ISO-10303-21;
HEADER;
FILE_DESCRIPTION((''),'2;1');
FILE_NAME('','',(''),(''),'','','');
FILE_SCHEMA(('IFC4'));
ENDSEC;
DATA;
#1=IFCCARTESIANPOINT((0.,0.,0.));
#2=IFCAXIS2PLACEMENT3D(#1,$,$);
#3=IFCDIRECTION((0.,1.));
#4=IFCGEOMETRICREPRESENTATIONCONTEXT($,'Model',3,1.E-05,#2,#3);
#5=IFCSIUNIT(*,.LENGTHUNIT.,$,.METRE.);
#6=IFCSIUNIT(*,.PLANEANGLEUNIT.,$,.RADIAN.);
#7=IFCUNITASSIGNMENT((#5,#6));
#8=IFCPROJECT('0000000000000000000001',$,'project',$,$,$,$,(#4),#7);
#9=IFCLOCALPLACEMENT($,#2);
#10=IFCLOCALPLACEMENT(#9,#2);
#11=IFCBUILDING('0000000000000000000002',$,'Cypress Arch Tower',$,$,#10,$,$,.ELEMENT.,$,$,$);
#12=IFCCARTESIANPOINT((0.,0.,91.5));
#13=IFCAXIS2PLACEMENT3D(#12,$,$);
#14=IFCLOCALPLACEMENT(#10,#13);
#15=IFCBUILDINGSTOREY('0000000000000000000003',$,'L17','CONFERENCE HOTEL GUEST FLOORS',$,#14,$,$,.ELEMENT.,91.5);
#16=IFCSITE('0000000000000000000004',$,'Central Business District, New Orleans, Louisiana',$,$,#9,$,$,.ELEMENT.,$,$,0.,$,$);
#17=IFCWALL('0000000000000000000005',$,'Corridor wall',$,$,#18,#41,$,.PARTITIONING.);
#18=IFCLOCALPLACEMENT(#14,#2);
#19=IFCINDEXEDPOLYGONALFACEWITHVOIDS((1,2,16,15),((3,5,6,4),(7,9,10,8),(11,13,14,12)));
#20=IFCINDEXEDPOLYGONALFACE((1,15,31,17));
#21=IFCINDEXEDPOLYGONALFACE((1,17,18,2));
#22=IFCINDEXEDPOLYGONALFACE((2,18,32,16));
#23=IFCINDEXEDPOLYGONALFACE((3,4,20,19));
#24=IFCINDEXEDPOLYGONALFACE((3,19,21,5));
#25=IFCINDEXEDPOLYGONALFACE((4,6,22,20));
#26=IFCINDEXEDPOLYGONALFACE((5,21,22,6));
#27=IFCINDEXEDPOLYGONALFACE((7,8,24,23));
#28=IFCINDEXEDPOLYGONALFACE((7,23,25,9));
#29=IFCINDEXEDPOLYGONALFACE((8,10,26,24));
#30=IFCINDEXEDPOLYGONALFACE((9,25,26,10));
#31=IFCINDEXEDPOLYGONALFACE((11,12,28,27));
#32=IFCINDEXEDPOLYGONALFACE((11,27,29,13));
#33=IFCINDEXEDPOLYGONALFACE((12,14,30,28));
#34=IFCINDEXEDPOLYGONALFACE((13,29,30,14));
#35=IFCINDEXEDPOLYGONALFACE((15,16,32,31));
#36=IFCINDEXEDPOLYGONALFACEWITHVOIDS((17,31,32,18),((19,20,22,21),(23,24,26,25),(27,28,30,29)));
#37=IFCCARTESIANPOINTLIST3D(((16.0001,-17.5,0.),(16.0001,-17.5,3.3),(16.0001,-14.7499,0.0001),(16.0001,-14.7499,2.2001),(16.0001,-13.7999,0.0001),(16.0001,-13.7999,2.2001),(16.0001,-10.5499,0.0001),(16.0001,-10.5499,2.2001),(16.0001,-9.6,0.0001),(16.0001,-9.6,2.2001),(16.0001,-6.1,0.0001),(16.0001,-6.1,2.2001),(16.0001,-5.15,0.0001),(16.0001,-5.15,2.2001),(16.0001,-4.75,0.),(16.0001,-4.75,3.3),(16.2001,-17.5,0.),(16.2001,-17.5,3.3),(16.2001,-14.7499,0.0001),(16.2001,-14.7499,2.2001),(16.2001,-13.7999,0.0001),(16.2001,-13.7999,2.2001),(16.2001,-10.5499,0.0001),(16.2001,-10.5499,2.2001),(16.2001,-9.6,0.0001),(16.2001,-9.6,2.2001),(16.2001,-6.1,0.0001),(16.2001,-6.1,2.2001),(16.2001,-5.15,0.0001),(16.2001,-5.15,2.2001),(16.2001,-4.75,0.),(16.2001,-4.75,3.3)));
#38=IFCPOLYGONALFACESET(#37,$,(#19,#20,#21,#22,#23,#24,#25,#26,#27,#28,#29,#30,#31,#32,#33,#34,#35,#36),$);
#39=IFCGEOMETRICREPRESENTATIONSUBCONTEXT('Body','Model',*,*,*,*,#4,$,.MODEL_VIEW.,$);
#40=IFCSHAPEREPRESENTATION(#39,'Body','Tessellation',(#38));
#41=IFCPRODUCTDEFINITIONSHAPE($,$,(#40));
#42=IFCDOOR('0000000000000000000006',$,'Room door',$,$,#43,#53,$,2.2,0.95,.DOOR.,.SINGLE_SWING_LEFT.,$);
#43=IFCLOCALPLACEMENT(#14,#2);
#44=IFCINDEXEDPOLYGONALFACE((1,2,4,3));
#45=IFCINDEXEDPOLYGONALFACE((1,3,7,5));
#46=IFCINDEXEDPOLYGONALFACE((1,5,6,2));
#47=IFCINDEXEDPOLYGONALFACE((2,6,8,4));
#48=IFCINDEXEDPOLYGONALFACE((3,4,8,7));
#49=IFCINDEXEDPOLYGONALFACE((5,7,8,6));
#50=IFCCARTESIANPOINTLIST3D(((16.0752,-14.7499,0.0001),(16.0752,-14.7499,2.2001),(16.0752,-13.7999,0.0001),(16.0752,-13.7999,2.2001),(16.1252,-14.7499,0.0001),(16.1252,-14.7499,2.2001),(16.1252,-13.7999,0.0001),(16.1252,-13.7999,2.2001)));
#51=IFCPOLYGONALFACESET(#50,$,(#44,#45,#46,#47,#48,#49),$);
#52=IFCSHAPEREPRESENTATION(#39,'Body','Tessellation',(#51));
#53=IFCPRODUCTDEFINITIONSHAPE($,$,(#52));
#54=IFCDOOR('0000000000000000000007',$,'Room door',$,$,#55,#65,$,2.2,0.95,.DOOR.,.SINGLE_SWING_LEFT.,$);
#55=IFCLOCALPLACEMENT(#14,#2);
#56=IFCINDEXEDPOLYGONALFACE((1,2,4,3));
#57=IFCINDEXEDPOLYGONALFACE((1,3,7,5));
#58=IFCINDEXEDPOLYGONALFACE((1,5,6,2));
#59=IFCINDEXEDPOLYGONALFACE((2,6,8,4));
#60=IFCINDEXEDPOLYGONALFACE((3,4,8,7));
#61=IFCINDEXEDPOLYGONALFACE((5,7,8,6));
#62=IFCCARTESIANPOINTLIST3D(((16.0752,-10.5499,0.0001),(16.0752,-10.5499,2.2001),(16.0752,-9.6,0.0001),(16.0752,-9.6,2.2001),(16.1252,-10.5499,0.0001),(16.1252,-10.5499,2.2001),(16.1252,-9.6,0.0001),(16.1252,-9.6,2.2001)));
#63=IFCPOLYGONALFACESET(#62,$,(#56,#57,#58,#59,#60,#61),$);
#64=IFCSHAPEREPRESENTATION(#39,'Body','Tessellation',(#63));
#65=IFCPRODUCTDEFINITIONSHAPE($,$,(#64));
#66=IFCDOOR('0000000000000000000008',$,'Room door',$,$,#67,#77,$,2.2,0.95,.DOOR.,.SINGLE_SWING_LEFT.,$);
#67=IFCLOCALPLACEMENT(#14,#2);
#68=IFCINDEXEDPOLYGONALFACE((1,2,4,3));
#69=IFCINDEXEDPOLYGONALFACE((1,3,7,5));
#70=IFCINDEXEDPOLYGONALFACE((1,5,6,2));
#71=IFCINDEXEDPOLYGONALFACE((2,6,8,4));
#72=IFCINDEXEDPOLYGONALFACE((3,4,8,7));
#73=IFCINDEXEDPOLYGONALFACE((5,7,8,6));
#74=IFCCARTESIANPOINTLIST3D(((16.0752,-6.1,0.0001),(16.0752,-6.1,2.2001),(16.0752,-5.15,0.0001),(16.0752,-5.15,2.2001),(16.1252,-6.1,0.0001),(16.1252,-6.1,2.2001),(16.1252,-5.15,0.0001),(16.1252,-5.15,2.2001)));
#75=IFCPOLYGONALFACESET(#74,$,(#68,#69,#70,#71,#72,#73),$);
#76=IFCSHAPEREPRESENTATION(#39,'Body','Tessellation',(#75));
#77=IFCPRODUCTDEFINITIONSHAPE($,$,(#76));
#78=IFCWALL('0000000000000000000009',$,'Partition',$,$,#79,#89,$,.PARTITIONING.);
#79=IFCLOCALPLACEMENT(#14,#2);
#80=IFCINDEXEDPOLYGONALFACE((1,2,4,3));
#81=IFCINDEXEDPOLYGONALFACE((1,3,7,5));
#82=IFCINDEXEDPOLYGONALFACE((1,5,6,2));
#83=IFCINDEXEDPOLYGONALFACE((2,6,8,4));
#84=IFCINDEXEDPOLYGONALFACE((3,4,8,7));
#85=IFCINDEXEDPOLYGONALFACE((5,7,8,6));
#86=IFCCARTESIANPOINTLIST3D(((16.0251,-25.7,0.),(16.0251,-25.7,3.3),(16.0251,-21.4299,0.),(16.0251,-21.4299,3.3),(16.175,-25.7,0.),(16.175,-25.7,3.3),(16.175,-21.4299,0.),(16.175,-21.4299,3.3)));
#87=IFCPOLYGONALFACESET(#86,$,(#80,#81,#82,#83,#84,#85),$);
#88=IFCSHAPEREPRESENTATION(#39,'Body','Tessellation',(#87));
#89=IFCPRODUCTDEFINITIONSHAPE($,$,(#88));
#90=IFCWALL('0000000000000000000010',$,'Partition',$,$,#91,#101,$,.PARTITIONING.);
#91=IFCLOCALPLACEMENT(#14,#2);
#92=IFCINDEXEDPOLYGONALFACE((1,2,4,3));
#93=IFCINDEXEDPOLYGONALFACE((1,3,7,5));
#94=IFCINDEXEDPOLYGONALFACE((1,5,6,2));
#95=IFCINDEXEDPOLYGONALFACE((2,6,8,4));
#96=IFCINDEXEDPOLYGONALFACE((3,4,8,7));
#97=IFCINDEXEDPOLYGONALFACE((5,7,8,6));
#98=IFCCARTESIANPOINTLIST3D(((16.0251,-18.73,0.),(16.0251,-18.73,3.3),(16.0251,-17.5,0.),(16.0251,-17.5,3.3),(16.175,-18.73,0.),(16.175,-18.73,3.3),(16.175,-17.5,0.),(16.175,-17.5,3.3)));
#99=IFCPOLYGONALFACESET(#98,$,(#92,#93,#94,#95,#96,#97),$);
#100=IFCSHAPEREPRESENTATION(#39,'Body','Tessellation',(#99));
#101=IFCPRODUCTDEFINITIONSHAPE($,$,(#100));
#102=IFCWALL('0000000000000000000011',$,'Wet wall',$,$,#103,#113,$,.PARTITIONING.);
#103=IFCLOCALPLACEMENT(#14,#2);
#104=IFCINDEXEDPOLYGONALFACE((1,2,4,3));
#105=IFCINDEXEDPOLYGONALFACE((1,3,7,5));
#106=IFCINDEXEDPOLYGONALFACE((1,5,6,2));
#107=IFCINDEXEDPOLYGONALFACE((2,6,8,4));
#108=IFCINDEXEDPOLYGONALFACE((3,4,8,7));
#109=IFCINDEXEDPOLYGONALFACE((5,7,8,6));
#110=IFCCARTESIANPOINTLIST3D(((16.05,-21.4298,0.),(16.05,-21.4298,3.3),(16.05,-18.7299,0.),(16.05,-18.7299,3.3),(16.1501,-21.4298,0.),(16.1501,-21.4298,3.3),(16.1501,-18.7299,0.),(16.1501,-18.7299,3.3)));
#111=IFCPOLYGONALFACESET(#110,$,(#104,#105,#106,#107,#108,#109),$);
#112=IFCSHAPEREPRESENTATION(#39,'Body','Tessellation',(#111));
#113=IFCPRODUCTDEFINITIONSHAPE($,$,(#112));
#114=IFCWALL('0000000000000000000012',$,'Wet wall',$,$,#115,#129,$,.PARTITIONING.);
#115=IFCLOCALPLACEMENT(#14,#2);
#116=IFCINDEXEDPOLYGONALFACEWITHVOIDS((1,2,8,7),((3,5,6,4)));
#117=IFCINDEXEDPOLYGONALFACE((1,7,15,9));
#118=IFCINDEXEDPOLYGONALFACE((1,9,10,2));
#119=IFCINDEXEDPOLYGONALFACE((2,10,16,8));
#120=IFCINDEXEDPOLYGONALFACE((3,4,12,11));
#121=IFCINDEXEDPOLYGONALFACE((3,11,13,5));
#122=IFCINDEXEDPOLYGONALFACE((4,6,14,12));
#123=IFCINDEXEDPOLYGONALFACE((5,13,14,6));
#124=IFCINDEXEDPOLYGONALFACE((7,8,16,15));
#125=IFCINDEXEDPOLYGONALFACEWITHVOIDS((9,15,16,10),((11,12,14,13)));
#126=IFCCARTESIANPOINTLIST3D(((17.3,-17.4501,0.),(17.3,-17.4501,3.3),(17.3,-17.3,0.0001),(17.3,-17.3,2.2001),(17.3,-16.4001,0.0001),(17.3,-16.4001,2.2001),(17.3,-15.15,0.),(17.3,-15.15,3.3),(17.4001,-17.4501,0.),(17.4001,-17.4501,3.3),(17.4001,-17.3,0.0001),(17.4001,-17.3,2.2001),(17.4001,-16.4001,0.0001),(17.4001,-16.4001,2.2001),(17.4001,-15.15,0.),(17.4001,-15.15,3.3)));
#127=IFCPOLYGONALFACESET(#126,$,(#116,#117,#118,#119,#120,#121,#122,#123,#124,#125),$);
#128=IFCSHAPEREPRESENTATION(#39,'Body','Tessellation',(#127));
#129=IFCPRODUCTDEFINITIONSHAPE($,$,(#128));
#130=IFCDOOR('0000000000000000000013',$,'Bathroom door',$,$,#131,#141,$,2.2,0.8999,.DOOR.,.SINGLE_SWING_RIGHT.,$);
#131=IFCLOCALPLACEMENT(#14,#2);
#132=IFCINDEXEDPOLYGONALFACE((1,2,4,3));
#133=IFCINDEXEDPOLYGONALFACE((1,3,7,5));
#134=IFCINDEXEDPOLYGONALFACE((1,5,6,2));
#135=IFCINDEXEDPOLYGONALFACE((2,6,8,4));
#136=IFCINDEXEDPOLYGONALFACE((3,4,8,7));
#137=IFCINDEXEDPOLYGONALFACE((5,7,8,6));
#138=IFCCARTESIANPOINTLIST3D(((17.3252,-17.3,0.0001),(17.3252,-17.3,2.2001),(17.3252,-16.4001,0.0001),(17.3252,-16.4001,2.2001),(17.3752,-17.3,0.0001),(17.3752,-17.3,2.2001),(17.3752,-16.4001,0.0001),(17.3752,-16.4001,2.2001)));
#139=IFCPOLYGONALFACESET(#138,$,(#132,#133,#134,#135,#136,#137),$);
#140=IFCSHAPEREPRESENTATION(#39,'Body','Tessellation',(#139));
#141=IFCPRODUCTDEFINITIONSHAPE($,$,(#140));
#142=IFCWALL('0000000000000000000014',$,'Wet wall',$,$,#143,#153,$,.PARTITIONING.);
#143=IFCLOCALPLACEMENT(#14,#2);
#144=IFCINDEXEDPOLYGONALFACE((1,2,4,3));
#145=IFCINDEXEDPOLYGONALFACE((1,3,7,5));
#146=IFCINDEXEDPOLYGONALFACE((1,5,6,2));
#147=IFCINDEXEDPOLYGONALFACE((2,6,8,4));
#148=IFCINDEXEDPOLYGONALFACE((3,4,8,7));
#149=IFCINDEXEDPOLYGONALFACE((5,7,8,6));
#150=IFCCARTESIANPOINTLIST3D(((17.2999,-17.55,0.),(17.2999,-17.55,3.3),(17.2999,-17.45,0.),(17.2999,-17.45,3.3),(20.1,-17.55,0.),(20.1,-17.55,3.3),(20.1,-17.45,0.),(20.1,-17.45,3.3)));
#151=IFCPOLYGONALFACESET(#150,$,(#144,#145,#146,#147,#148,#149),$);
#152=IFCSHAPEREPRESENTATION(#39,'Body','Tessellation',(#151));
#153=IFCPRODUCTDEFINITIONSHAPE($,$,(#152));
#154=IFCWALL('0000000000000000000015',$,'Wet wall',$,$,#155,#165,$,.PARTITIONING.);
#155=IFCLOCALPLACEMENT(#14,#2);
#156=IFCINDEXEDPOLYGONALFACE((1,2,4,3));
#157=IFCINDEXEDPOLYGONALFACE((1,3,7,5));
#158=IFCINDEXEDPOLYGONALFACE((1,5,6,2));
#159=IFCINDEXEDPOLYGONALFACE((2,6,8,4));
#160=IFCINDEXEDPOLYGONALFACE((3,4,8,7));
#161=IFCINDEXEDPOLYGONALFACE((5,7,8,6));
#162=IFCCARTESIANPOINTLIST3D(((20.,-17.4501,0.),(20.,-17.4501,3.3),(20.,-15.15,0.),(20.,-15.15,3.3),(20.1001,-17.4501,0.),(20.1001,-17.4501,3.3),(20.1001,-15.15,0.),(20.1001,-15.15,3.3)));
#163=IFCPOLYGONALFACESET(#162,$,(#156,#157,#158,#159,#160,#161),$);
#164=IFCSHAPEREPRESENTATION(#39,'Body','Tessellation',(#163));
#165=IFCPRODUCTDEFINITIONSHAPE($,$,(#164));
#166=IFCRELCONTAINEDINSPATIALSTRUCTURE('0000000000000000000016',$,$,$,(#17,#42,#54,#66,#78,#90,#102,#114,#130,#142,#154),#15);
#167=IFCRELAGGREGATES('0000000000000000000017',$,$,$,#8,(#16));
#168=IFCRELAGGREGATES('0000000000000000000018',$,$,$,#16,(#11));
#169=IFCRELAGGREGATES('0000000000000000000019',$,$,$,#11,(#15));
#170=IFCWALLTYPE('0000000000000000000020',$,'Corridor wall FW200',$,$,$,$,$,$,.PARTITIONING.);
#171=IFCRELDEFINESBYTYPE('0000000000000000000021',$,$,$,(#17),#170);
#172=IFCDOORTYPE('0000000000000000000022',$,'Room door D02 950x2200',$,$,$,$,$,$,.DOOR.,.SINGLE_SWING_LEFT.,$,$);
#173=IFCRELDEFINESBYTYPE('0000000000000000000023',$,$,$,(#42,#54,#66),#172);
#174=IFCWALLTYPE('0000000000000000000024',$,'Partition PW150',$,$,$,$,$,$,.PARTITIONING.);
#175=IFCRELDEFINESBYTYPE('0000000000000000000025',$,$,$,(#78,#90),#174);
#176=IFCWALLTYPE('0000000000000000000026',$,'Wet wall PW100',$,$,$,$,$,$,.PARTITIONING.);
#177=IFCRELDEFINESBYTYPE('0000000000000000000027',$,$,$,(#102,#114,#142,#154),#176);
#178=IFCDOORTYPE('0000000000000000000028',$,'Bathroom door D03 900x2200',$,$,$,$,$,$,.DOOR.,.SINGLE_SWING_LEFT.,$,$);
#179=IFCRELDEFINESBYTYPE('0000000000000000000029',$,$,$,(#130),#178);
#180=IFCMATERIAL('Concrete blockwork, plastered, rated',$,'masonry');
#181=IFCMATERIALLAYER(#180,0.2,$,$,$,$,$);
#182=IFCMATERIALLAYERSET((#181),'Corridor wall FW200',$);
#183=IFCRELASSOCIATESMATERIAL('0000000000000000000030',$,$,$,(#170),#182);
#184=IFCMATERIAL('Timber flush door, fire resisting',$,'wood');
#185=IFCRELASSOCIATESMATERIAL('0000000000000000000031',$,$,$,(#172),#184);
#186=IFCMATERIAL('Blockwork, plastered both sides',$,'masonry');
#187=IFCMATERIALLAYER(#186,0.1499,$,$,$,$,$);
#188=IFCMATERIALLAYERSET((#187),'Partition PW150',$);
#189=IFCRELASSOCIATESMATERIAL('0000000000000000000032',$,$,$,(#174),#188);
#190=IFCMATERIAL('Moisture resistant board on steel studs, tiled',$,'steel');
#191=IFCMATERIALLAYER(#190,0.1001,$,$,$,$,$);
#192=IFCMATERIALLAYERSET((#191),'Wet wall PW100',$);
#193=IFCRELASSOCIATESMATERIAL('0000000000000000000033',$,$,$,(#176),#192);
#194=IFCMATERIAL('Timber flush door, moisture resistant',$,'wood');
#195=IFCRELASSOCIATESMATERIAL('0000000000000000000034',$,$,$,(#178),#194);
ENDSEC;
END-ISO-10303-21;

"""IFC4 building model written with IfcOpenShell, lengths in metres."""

from ifc_helpers import new_model, si_unit, direction, frame, frame_2d, origin, place, context, subcontext, project, spatial, rectangle, extrude, material, layer, layer_set, type_object, element, fill, save


model = new_model("IFC4")

# Units and contexts
model_context = context("Model", 3, precision=1e-05, world=origin(), true_north=direction((0.0, 1.0)))
body_context = subcontext(model_context, "Body", "Model", "MODEL_VIEW")
ifc_project = project(units=[si_unit("LENGTHUNIT", "METRE"), si_unit("PLANEANGLEUNIT", "RADIAN")], contexts=[model_context])

# Site, building, storey
site_placement = place(None, origin())
site = spatial("IfcSite", under=ifc_project, at=site_placement, Name="Central Business District, New Orleans, Louisiana", CompositionType="ELEMENT", RefElevation=0.0)
building_placement = place(site_placement, origin())
building = spatial("IfcBuilding", under=site, at=building_placement, Name="Cypress Arch Tower", CompositionType="ELEMENT")
storey_placement = place(building_placement, frame((0.0, 0.0, 91.5)))
storey = spatial("IfcBuildingStorey", under=building, at=storey_placement, Name="L17", Description="CONFERENCE HOTEL GUEST FLOORS", CompositionType="ELEMENT", Elevation=91.5)

# Wall, openings, doors
ifc_material_1 = material(Name="Concrete blockwork, plastered, rated", Category="masonry")
ifc_layer_1 = layer(ifc_material_1, 0.2)
ifc_layer_set_1 = layer_set([ifc_layer_1], Name="Corridor wall FW200")
wall_type_1 = type_object("IfcWallType", Name="Corridor wall FW200", PredefinedType="PARTITIONING", material=ifc_layer_set_1)
wall_1_placement = place(storey_placement, frame((16.1001, -17.5, 0.0), z_axis=(0.0, 0.0, 1.0), x_axis=(0.0, 1.0, 0.0)))
wall_1 = element("IfcWall", 1, at=wall_1_placement, inside=storey, type_object=wall_type_1, Name="Corridor wall", PredefinedType="PARTITIONING", context=body_context, shape_type="SweptSolid", body=[
    extrude(rectangle(XDim=12.75, YDim=0.2, at=frame_2d((6.375, 0.0))), origin(), (0.0, 0.0, 1.0), 3.3),
])
opening_1_placement = place(wall_1_placement, frame((2.75, 0.0, 0.0)))
opening_1 = element("IfcOpeningElement", 2, at=opening_1_placement, cuts=wall_1, PredefinedType="OPENING", context=body_context, shape_type="SweptSolid", body=[
    extrude(rectangle(XDim=0.95, YDim=2.2, at=frame_2d((0.4751, 1.1001))), frame((0.0, 0.1099, 0.0), z_axis=(0.0, -1.0, 0.0), x_axis=(1.0, 0.0, 0.0)), (0.0, 0.0, 1.0), 0.22),
])
opening_2_placement = place(wall_1_placement, frame((6.95, 0.0, 0.0)))
opening_2 = element("IfcOpeningElement", 3, at=opening_2_placement, cuts=wall_1, PredefinedType="OPENING", context=body_context, shape_type="SweptSolid", body=[
    extrude(rectangle(XDim=0.95, YDim=2.2, at=frame_2d((0.4751, 1.1001))), frame((0.0, 0.1099, 0.0), z_axis=(0.0, -1.0, 0.0), x_axis=(1.0, 0.0, 0.0)), (0.0, 0.0, 1.0), 0.22),
])
opening_3_placement = place(wall_1_placement, frame((11.3999, 0.0, 0.0)))
opening_3 = element("IfcOpeningElement", 4, at=opening_3_placement, cuts=wall_1, PredefinedType="OPENING", context=body_context, shape_type="SweptSolid", body=[
    extrude(rectangle(XDim=0.95, YDim=2.2, at=frame_2d((0.4751, 1.1001))), frame((0.0, 0.1099, 0.0), z_axis=(0.0, -1.0, 0.0), x_axis=(1.0, 0.0, 0.0)), (0.0, 0.0, 1.0), 0.22),
])
ifc_material_2 = material(Name="Timber flush door, fire resisting", Category="wood")
door_type_1 = type_object("IfcDoorType", Name="Room door D02 950x2200", OperationType="SINGLE_SWING_LEFT", PredefinedType="DOOR", material=ifc_material_2)
door_1_placement = place(opening_1_placement, origin())
door_1 = element("IfcDoor", 5, at=door_1_placement, inside=storey, type_object=door_type_1, Name="Room door", OperationType="SINGLE_SWING_LEFT", OverallHeight=2.2, OverallWidth=0.95, PredefinedType="DOOR", context=body_context, shape_type="SweptSolid", body=[
    extrude(rectangle(XDim=0.95, YDim=2.2, at=frame_2d((0.4751, 1.1001))), frame((0.0, 0.0249, 0.0), z_axis=(0.0, -1.0, 0.0), x_axis=(1.0, 0.0, 0.0)), (0.0, 0.0, 1.0), 0.05),
])
fill(opening_1, door_1)
door_2_placement = place(opening_2_placement, origin())
door_2 = element("IfcDoor", 6, at=door_2_placement, inside=storey, type_object=door_type_1, Name="Room door", OperationType="SINGLE_SWING_LEFT", OverallHeight=2.2, OverallWidth=0.95, PredefinedType="DOOR", context=body_context, shape_type="SweptSolid", body=[
    extrude(rectangle(XDim=0.95, YDim=2.2, at=frame_2d((0.4751, 1.1001))), frame((0.0, 0.0249, 0.0), z_axis=(0.0, -1.0, 0.0), x_axis=(1.0, 0.0, 0.0)), (0.0, 0.0, 1.0), 0.05),
])
fill(opening_2, door_2)
door_3_placement = place(opening_3_placement, origin())
door_3 = element("IfcDoor", 7, at=door_3_placement, inside=storey, type_object=door_type_1, Name="Room door", OperationType="SINGLE_SWING_LEFT", OverallHeight=2.2, OverallWidth=0.95, PredefinedType="DOOR", context=body_context, shape_type="SweptSolid", body=[
    extrude(rectangle(XDim=0.95, YDim=2.2, at=frame_2d((0.4751, 1.1001))), frame((0.0, 0.0249, 0.0), z_axis=(0.0, -1.0, 0.0), x_axis=(1.0, 0.0, 0.0)), (0.0, 0.0, 1.0), 0.05),
])
fill(opening_3, door_3)

# Walls
ifc_material_3 = material(Name="Blockwork, plastered both sides", Category="masonry")
ifc_layer_2 = layer(ifc_material_3, 0.1499)
ifc_layer_set_2 = layer_set([ifc_layer_2], Name="Partition PW150")
wall_type_2 = type_object("IfcWallType", Name="Partition PW150", PredefinedType="PARTITIONING", material=ifc_layer_set_2)
wall_2_placement = place(storey_placement, frame((16.1001, -25.7, 0.0), z_axis=(0.0, 0.0, 1.0), x_axis=(0.0, 1.0, 0.0)))
element("IfcWall", 8, at=wall_2_placement, inside=storey, type_object=wall_type_2, Name="Partition", PredefinedType="PARTITIONING", context=body_context, shape_type="SweptSolid", body=[
    extrude(rectangle(XDim=4.27, YDim=0.1499, at=frame_2d((2.135, 0.0))), origin(), (0.0, 0.0, 1.0), 3.3),
])
wall_3_placement = place(storey_placement, frame((16.1001, -18.73, 0.0), z_axis=(0.0, 0.0, 1.0), x_axis=(0.0, 1.0, 0.0)))
element("IfcWall", 9, at=wall_3_placement, inside=storey, type_object=wall_type_2, Name="Partition", PredefinedType="PARTITIONING", context=body_context, shape_type="SweptSolid", body=[
    extrude(rectangle(XDim=1.23, YDim=0.1499, at=frame_2d((0.615, 0.0))), origin(), (0.0, 0.0, 1.0), 3.3),
])
ifc_material_4 = material(Name="Moisture resistant board on steel studs, tiled", Category="steel")
ifc_layer_3 = layer(ifc_material_4, 0.1001)
ifc_layer_set_3 = layer_set([ifc_layer_3], Name="Wet wall PW100")
wall_type_3 = type_object("IfcWallType", Name="Wet wall PW100", PredefinedType="PARTITIONING", material=ifc_layer_set_3)
wall_4_placement = place(storey_placement, frame((16.1001, -21.4299, 0.0), z_axis=(0.0, 0.0, 1.0), x_axis=(0.0, 1.0, 0.0)))
element("IfcWall", 10, at=wall_4_placement, inside=storey, type_object=wall_type_3, Name="Wet wall", PredefinedType="PARTITIONING", context=body_context, shape_type="SweptSolid", body=[
    extrude(rectangle(XDim=2.7, YDim=0.1001, at=frame_2d((1.3501, 0.0))), origin(), (0.0, 0.0, 1.0), 3.3),
])

# Wall, opening, door
wall_5_placement = place(storey_placement, frame((17.3501, -17.45, 0.0), z_axis=(0.0, 0.0, 1.0), x_axis=(0.0, 1.0, 0.0)))
wall_5 = element("IfcWall", 11, at=wall_5_placement, inside=storey, type_object=wall_type_3, Name="Wet wall", PredefinedType="PARTITIONING", context=body_context, shape_type="SweptSolid", body=[
    extrude(rectangle(XDim=2.3, YDim=0.1001, at=frame_2d((1.1499, 0.0))), origin(), (0.0, 0.0, 1.0), 3.3),
])
opening_4_placement = place(wall_5_placement, frame((0.1499, 0.0, 0.0)))
opening_4 = element("IfcOpeningElement", 12, at=opening_4_placement, cuts=wall_5, PredefinedType="OPENING", context=body_context, shape_type="SweptSolid", body=[
    extrude(rectangle(XDim=0.8999, YDim=2.2, at=frame_2d((0.45, 1.1001))), frame((0.0, 0.0601, 0.0), z_axis=(0.0, -1.0, 0.0), x_axis=(1.0, 0.0, 0.0)), (0.0, 0.0, 1.0), 0.1201),
])
ifc_material_5 = material(Name="Timber flush door, moisture resistant", Category="wood")
door_type_2 = type_object("IfcDoorType", Name="Bathroom door D03 900x2200", OperationType="SINGLE_SWING_LEFT", PredefinedType="DOOR", material=ifc_material_5)
door_4_placement = place(opening_4_placement, origin())
door_4 = element("IfcDoor", 13, at=door_4_placement, inside=storey, type_object=door_type_2, Name="Bathroom door", OperationType="SINGLE_SWING_RIGHT", OverallHeight=2.2, OverallWidth=0.8999, PredefinedType="DOOR", context=body_context, shape_type="SweptSolid", body=[
    extrude(rectangle(XDim=0.8999, YDim=2.2, at=frame_2d((0.45, 1.1001))), frame((0.0, 0.0249, 0.0), z_axis=(0.0, -1.0, 0.0), x_axis=(1.0, 0.0, 0.0)), (0.0, 0.0, 1.0), 0.05),
])
fill(opening_4, door_4)

# Walls
wall_6_placement = place(storey_placement, frame((17.3, -17.5, 0.0), z_axis=(0.0, 0.0, 1.0), x_axis=(1.0, 0.0, 0.0)))
element("IfcWall", 14, at=wall_6_placement, inside=storey, type_object=wall_type_3, Name="Wet wall", PredefinedType="PARTITIONING", context=body_context, shape_type="SweptSolid", body=[
    extrude(rectangle(XDim=2.8, YDim=0.1001, at=frame_2d((1.3999, 0.0))), origin(), (0.0, 0.0, 1.0), 3.3),
])
wall_7_placement = place(storey_placement, frame((20.05, -17.45, 0.0), z_axis=(0.0, 0.0, 1.0), x_axis=(0.0, 1.0, 0.0)))
element("IfcWall", 15, at=wall_7_placement, inside=storey, type_object=wall_type_3, Name="Wet wall", PredefinedType="PARTITIONING", context=body_context, shape_type="SweptSolid", body=[
    extrude(rectangle(XDim=2.3, YDim=0.1001, at=frame_2d((1.1499, 0.0))), origin(), (0.0, 0.0, 1.0), 3.3),
])

save(model, "model.ifc")
